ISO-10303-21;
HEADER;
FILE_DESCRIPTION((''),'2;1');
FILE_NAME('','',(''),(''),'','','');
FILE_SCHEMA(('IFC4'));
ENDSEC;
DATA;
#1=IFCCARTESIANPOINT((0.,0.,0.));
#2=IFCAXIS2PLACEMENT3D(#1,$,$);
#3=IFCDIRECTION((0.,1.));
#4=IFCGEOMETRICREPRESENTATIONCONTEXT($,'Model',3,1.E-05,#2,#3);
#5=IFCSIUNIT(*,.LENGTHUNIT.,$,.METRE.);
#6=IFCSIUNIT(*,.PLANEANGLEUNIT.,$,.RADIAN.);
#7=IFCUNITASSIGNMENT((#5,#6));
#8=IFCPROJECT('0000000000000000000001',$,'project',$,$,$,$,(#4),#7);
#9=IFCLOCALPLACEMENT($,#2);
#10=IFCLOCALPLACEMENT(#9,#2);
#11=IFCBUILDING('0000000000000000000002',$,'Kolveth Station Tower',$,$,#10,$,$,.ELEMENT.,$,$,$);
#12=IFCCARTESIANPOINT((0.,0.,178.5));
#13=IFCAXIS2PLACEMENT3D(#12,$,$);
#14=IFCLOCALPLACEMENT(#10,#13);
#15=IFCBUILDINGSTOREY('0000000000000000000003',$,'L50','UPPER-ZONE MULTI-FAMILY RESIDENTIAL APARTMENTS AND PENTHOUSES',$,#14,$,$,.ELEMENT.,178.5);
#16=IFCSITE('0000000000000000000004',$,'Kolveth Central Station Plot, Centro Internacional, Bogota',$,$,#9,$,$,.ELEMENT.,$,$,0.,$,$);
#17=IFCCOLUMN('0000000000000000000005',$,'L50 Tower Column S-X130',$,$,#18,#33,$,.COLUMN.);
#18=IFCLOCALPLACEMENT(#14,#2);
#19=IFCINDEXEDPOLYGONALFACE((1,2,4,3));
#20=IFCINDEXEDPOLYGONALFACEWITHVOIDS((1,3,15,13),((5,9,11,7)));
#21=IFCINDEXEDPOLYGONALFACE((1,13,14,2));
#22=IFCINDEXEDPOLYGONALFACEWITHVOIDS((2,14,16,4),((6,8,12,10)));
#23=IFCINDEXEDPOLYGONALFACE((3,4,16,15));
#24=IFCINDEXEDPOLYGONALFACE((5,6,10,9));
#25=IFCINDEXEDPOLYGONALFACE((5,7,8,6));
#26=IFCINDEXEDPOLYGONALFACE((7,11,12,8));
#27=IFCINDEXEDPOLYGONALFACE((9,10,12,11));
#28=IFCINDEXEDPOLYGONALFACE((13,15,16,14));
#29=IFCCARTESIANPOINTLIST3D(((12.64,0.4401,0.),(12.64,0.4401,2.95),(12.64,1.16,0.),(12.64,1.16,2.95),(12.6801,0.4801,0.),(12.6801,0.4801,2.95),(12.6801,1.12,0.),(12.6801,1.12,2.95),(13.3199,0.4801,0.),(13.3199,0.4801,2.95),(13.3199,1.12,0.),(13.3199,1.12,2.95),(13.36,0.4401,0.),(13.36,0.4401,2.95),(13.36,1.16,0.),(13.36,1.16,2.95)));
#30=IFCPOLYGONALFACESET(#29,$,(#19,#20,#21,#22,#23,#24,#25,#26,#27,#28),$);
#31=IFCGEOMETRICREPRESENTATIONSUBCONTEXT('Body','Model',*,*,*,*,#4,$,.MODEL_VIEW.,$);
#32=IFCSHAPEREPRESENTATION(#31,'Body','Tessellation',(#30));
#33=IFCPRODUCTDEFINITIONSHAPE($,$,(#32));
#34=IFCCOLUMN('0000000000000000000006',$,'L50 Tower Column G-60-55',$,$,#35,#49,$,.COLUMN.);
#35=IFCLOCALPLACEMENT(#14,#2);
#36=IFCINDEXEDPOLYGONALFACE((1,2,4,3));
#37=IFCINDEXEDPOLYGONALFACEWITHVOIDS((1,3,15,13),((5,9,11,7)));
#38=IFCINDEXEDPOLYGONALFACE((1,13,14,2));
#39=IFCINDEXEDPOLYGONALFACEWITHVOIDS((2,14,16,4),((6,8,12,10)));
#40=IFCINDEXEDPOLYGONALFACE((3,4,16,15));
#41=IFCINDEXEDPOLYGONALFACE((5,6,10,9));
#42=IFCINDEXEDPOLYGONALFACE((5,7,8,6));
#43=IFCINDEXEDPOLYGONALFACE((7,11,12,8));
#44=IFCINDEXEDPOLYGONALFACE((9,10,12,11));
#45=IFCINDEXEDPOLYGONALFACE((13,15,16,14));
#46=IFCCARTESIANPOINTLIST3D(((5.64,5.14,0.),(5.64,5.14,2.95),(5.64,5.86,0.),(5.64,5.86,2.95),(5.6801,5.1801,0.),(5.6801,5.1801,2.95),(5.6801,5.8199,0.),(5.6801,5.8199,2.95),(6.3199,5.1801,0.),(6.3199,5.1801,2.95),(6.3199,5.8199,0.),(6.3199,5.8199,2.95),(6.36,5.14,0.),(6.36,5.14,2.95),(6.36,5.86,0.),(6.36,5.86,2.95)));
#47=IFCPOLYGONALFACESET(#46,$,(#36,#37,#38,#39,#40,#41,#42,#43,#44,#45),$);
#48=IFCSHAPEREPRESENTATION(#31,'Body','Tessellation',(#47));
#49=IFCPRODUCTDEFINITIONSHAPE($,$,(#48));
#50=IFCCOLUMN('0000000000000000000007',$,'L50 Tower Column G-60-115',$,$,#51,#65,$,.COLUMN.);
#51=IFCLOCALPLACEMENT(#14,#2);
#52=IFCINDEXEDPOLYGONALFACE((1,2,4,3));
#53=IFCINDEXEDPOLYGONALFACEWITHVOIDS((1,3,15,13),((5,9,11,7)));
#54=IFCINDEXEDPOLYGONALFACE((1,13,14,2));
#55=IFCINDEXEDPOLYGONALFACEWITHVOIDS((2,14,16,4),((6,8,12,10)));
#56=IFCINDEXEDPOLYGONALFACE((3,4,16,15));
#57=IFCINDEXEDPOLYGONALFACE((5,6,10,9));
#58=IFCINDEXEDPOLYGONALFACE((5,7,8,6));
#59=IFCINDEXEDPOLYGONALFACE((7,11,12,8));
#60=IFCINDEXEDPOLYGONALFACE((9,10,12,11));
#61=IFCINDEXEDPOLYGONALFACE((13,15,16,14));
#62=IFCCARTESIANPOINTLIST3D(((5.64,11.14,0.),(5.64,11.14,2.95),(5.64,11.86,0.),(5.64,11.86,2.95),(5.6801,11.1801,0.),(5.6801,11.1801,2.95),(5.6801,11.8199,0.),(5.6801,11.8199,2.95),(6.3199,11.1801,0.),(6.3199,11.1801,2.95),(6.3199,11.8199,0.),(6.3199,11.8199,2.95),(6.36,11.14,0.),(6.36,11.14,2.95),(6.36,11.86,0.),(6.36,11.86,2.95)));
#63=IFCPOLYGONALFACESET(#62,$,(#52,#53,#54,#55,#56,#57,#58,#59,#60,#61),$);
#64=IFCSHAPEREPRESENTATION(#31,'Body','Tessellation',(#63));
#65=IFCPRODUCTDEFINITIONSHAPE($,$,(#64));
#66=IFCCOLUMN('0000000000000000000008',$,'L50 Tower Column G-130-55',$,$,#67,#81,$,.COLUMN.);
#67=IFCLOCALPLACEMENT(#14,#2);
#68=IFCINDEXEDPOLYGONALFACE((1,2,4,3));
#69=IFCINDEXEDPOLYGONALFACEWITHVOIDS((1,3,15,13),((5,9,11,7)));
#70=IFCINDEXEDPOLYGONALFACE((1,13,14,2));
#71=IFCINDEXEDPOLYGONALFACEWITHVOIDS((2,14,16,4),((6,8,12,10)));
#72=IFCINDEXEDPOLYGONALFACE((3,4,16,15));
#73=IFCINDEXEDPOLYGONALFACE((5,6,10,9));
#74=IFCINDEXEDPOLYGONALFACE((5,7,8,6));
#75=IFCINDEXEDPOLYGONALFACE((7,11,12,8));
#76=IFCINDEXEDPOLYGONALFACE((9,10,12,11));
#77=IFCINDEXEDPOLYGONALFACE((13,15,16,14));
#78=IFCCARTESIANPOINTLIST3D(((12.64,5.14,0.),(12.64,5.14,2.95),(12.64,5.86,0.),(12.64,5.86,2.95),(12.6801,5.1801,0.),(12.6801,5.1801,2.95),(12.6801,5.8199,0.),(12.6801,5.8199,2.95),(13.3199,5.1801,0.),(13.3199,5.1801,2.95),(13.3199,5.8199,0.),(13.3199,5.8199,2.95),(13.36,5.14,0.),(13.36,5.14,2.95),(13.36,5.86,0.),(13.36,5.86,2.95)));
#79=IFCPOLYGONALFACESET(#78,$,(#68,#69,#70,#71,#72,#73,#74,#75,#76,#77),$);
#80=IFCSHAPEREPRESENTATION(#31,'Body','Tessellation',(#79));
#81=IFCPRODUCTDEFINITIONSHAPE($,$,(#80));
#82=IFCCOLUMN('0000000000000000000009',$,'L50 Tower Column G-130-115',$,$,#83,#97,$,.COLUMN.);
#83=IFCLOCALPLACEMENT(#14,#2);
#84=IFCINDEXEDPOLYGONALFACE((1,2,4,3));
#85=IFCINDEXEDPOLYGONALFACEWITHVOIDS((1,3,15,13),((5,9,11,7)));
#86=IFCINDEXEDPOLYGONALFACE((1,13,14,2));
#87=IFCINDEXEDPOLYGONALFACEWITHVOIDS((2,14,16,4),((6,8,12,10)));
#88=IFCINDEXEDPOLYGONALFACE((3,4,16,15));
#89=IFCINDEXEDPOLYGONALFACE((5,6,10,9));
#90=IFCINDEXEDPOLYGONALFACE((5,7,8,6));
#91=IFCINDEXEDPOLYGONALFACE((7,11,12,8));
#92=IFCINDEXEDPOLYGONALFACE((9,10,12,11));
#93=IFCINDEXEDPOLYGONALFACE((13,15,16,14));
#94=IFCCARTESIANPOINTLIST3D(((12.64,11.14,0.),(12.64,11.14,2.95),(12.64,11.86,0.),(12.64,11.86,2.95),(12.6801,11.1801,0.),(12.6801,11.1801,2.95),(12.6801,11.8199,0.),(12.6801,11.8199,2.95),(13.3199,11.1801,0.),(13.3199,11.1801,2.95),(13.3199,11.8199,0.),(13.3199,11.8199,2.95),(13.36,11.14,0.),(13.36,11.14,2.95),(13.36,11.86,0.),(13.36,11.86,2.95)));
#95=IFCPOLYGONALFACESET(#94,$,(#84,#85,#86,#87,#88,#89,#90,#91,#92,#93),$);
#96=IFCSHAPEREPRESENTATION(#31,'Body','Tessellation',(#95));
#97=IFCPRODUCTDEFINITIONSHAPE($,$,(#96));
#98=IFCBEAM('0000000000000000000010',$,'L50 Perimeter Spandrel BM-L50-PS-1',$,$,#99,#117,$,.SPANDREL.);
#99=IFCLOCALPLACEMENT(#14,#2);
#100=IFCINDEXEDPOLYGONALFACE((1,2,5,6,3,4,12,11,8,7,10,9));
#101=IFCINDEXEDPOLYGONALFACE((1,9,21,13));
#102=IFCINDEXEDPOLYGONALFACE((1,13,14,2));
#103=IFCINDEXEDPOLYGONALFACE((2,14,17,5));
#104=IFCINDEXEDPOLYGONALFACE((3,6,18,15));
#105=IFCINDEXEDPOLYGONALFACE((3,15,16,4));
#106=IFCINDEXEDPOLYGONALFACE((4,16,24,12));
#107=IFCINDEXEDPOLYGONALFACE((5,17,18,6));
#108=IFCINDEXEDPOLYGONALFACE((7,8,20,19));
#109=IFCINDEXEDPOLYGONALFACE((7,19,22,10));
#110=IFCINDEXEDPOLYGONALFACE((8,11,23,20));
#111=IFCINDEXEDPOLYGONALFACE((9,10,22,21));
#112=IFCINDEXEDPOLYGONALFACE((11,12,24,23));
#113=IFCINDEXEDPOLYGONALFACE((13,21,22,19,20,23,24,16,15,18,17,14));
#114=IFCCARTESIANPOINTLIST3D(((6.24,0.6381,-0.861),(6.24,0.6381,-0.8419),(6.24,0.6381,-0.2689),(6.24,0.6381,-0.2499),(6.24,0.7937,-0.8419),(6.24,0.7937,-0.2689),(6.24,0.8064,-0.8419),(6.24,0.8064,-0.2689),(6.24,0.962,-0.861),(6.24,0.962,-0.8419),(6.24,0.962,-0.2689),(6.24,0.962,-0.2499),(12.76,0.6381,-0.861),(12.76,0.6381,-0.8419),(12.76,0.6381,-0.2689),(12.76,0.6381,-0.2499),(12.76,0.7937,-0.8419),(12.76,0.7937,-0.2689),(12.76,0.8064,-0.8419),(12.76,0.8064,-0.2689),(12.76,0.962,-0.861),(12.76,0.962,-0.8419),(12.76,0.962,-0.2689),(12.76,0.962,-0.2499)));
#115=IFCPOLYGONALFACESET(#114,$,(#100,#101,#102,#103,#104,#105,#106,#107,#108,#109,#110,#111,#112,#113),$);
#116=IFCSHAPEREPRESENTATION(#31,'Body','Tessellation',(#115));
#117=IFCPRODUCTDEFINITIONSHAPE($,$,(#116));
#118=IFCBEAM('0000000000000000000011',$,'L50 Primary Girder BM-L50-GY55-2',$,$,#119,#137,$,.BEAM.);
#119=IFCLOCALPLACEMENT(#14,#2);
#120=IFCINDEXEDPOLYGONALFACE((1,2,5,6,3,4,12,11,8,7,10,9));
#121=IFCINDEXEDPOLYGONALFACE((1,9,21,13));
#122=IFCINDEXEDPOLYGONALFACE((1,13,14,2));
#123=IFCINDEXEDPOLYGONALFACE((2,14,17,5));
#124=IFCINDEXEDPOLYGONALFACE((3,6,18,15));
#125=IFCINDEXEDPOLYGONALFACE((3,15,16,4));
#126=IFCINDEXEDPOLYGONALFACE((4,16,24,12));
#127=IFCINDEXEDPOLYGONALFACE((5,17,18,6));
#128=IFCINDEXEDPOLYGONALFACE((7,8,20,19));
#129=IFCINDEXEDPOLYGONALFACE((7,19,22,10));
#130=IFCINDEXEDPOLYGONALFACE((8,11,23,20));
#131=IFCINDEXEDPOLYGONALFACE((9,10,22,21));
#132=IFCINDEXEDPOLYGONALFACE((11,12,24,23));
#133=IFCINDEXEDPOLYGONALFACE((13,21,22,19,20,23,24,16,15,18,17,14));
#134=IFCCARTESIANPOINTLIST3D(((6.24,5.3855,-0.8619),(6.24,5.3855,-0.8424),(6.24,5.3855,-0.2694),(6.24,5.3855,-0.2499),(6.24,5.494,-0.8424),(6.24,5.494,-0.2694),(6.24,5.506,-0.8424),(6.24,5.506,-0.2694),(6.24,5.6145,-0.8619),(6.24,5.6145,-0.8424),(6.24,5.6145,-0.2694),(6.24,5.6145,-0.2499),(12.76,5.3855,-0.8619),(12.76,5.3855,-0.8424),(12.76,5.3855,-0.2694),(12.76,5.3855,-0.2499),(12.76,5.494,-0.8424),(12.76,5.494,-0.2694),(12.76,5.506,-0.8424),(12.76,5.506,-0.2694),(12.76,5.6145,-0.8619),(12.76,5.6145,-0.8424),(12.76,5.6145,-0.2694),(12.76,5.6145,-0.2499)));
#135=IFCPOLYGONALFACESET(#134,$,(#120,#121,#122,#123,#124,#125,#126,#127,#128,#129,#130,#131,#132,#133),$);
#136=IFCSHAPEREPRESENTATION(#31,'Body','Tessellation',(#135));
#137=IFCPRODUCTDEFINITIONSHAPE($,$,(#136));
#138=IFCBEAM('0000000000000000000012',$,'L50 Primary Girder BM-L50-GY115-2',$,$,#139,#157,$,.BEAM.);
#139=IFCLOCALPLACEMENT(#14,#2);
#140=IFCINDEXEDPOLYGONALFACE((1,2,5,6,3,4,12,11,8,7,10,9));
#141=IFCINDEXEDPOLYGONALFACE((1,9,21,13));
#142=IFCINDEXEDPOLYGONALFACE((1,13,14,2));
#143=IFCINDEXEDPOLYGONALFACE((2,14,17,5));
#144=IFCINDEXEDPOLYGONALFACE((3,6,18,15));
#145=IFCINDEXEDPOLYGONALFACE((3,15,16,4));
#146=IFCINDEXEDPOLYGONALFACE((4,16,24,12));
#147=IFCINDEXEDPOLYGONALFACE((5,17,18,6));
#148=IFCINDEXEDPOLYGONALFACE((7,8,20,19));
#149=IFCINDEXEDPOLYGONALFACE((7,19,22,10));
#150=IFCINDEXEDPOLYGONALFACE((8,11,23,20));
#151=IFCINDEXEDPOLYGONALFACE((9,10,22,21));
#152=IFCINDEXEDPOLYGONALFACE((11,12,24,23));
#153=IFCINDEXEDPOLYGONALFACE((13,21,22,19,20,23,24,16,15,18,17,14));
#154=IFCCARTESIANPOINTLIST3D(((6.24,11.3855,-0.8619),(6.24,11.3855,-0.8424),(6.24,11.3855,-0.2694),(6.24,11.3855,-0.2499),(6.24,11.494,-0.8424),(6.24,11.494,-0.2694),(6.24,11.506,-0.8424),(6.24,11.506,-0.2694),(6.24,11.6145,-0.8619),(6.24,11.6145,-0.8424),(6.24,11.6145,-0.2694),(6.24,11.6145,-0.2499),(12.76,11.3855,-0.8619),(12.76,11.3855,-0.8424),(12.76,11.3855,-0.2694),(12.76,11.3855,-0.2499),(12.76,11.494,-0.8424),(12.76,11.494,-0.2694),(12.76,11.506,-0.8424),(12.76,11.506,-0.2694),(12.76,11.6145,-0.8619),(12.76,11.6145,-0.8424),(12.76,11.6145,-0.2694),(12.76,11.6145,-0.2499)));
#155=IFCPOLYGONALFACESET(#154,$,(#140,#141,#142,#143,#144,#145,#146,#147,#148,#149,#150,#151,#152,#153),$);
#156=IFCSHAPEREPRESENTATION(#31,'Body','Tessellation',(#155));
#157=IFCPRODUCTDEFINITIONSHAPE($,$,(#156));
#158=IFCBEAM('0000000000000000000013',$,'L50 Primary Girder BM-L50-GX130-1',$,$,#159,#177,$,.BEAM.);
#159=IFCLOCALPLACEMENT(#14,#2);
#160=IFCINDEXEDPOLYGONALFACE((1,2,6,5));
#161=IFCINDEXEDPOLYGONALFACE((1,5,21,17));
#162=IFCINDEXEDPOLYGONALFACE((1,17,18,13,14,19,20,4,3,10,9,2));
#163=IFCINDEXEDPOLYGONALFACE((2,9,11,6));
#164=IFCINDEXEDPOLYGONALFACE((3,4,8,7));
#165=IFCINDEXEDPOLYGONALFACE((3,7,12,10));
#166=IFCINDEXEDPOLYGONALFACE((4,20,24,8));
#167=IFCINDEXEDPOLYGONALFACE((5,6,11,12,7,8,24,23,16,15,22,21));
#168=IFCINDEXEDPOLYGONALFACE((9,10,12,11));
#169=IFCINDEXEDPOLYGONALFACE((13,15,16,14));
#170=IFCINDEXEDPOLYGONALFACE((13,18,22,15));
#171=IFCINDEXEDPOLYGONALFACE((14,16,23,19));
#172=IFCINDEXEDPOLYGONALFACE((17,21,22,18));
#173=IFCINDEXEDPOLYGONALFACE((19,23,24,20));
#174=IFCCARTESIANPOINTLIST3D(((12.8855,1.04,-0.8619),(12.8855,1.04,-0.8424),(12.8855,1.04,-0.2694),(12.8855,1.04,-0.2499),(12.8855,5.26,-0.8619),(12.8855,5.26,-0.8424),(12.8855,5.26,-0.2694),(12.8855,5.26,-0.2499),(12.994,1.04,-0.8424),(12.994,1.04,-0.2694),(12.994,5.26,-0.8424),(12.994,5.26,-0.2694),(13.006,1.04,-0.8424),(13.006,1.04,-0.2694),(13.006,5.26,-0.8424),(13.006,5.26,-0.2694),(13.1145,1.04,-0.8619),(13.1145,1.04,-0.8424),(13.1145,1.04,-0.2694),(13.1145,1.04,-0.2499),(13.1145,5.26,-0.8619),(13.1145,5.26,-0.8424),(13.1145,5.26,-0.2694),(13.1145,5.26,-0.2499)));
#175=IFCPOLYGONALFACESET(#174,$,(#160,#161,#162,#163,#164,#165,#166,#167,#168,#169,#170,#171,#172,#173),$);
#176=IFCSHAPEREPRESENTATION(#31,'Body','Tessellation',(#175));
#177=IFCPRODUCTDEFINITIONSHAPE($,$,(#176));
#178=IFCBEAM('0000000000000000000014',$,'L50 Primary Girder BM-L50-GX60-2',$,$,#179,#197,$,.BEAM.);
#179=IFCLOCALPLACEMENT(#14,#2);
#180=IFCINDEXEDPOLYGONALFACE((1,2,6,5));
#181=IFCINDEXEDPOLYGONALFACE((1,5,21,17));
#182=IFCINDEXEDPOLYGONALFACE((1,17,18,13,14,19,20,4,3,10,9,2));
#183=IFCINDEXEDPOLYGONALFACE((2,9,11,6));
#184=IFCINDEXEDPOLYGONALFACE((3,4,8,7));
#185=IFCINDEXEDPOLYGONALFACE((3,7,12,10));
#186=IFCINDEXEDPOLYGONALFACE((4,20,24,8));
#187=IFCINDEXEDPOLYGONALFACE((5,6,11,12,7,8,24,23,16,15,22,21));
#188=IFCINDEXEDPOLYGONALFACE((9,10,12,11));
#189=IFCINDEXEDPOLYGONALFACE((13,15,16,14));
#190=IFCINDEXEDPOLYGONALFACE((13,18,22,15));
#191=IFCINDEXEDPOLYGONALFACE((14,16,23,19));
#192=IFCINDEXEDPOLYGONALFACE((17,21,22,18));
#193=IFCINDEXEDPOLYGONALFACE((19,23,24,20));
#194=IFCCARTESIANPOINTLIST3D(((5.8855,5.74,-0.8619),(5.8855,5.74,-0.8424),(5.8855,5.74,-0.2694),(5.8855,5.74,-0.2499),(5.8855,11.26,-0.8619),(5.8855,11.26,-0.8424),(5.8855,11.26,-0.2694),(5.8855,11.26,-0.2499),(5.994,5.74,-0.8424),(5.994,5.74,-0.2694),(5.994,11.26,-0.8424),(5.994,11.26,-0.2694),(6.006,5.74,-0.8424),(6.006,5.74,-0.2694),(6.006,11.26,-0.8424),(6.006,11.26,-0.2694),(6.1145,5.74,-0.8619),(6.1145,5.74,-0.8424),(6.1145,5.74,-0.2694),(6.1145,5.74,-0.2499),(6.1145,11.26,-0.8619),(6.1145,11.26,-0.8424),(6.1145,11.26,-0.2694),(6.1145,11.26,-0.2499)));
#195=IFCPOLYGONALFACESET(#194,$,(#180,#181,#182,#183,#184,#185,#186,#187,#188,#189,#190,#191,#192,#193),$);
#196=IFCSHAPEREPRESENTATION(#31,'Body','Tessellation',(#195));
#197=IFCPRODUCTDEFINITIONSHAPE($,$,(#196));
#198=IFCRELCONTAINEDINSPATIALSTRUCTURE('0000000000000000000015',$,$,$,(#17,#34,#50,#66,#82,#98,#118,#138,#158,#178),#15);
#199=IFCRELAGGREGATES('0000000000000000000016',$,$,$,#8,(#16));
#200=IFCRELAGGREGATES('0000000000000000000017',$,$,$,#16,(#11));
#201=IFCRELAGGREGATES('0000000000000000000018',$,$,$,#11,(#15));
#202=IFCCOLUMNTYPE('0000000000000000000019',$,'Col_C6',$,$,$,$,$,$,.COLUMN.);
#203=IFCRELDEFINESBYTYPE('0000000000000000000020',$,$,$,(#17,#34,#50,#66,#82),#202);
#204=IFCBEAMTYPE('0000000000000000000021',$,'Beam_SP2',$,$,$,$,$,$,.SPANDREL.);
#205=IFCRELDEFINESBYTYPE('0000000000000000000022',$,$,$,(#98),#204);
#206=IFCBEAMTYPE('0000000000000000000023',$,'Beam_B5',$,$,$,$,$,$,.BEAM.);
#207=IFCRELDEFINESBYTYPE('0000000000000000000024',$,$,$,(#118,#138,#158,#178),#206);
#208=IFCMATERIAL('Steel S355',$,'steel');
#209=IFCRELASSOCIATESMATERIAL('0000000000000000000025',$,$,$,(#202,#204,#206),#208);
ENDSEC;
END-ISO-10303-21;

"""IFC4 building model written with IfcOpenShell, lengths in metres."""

from ifc_helpers import new_model, si_unit, direction, frame, origin, origin_2d, place, context, subcontext, project, spatial, hollow_rectangle, i_section, extrude, source, transform, mapped, material, material_profile, profile_set, type_object, element, save


model = new_model("IFC4")

# Units and contexts
model_context = context("Model", 3, precision=1e-05, world=origin(), true_north=direction((0.0, 1.0)))
body_context = subcontext(model_context, "Body", "Model", "MODEL_VIEW")
ifc_project = project(units=[si_unit("LENGTHUNIT", "METRE"), si_unit("PLANEANGLEUNIT", "RADIAN")], contexts=[model_context])

# Site, building, storey
site_placement = place(None, origin())
site = spatial("IfcSite", under=ifc_project, at=site_placement, Name="Kolveth Central Station Plot, Centro Internacional, Bogota", CompositionType="ELEMENT", RefElevation=0.0)
building_placement = place(site_placement, origin())
building = spatial("IfcBuilding", under=site, at=building_placement, Name="Kolveth Station Tower", CompositionType="ELEMENT")
storey_placement = place(building_placement, frame((0.0, 0.0, 178.5)))
storey = spatial("IfcBuildingStorey", under=building, at=storey_placement, Name="L50", Description="UPPER-ZONE MULTI-FAMILY RESIDENTIAL APARTMENTS AND PENTHOUSES", CompositionType="ELEMENT", Elevation=178.5)

# Columns
ifc_material_1 = material(Name="Steel S355", Category="steel")
ifc_material_profile_1 = material_profile(ifc_material_1, hollow_rectangle(XDim=0.72, YDim=0.72, WallThickness=0.04, at=origin_2d()), Name="BOX720x720x40")
ifc_profile_set_1 = profile_set([ifc_material_profile_1], Name="Steel S355")
column_type = type_object("IfcColumnType", Name="Col_C6", PredefinedType="COLUMN", material=ifc_profile_set_1)
shared_shape_1 = source(origin(), body_context, "Body", "SweptSolid", [
    extrude(hollow_rectangle(XDim=0.72, YDim=0.72, WallThickness=0.04, at=origin_2d()), origin(), (0.0, 0.0, 1.0), 2.95),
])
for number, where, z_axis, x_axis, name in (
    (1, (13.0, 0.8, 0.0), (0.0, 0.0, 1.0), (1.0, 0.0, 0.0), "L50 Tower Column S-X130"),
    (2, (6.0, 5.5, 0.0), (0.0, 0.0, 1.0), (1.0, 0.0, 0.0), "L50 Tower Column G-60-55"),
    (3, (6.0, 11.5, 0.0), (0.0, 0.0, 1.0), (1.0, 0.0, 0.0), "L50 Tower Column G-60-115"),
    (4, (13.0, 5.5, 0.0), (0.0, 0.0, 1.0), (1.0, 0.0, 0.0), "L50 Tower Column G-130-55"),
    (5, (13.0, 11.5, 0.0), (0.0, 0.0, 1.0), (1.0, 0.0, 0.0), "L50 Tower Column G-130-115"),
):
    element("IfcColumn", number, at=place(storey_placement, frame(where, z_axis=z_axis, x_axis=x_axis)), inside=storey, type_object=column_type, Name=name, PredefinedType="COLUMN", context=body_context, shape_type="MappedRepresentation", body=[
        mapped(shared_shape_1, transform((0.0, 0.0, 0.0), x_axis=(1.0, 0.0, 0.0), y_axis=(0.0, 1.0, 0.0), z_axis=(0.0, 0.0, 1.0), scale=1.0)),
    ])

# Beams
ifc_material_profile_2 = material_profile(ifc_material_1, i_section(OverallWidth=0.324, OverallDepth=0.6111, WebThickness=0.0127, FlangeThickness=0.019, at=origin_2d()), Name="W610x155")
ifc_profile_set_2 = profile_set([ifc_material_profile_2], Name="Steel S355")
beam_type_1 = type_object("IfcBeamType", Name="Beam_SP2", PredefinedType="SPANDREL", material=ifc_profile_set_2)
shared_shape_2 = source(origin(), body_context, "Body", "SweptSolid", [
    extrude(i_section(OverallWidth=0.324, OverallDepth=0.6111, WebThickness=0.0127, FlangeThickness=0.019, at=origin_2d()), origin(), (0.0, 0.0, 1.0), 6.52),
])
beam_1_placement = place(storey_placement, frame((6.24, 0.8, -0.5554), z_axis=(1.0, 0.0, 0.0), x_axis=(0.0, 1.0, 0.0)))
element("IfcBeam", 6, at=beam_1_placement, inside=storey, type_object=beam_type_1, Name="L50 Perimeter Spandrel BM-L50-PS-1", PredefinedType="SPANDREL", context=body_context, shape_type="MappedRepresentation", body=[
    mapped(shared_shape_2, transform((0.0, 0.0, 0.0), x_axis=(1.0, 0.0, 0.0), y_axis=(0.0, 1.0, 0.0), z_axis=(0.0, 0.0, 1.0), scale=1.0)),
])
ifc_material_profile_3 = material_profile(ifc_material_1, i_section(OverallWidth=0.229, OverallDepth=0.6121, WebThickness=0.012, FlangeThickness=0.0195, at=origin_2d()), Name="W610x125")
ifc_profile_set_3 = profile_set([ifc_material_profile_3], Name="Steel S355")
beam_type_2 = type_object("IfcBeamType", Name="Beam_B5", PredefinedType="BEAM", material=ifc_profile_set_3)
shared_shape_3 = source(origin(), body_context, "Body", "SweptSolid", [
    extrude(i_section(OverallWidth=0.229, OverallDepth=0.6121, WebThickness=0.012, FlangeThickness=0.0195, at=origin_2d()), origin(), (0.0, 0.0, 1.0), 6.52),
])
for number, where, z_axis, x_axis, name in (
    (7, (6.24, 5.5, -0.5559), (1.0, 0.0, 0.0), (0.0, 1.0, 0.0), "L50 Primary Girder BM-L50-GY55-2"),
    (8, (6.24, 11.5, -0.5559), (1.0, 0.0, 0.0), (0.0, 1.0, 0.0), "L50 Primary Girder BM-L50-GY115-2"),
):
    element("IfcBeam", number, at=place(storey_placement, frame(where, z_axis=z_axis, x_axis=x_axis)), inside=storey, type_object=beam_type_2, Name=name, PredefinedType="BEAM", context=body_context, shape_type="MappedRepresentation", body=[
        mapped(shared_shape_3, transform((0.0, 0.0, 0.0), x_axis=(1.0, 0.0, 0.0), y_axis=(0.0, 1.0, 0.0), z_axis=(0.0, 0.0, 1.0), scale=1.0)),
    ])
shared_shape_4 = source(origin(), body_context, "Body", "SweptSolid", [
    extrude(i_section(OverallWidth=0.229, OverallDepth=0.6121, WebThickness=0.012, FlangeThickness=0.0195, at=origin_2d()), origin(), (0.0, 0.0, 1.0), 4.22),
])
beam_2_placement = place(storey_placement, frame((13.0, 1.04, -0.5559), z_axis=(0.0, 1.0, 0.0), x_axis=(-1.0, 0.0, 0.0)))
element("IfcBeam", 9, at=beam_2_placement, inside=storey, type_object=beam_type_2, Name="L50 Primary Girder BM-L50-GX130-1", PredefinedType="BEAM", context=body_context, shape_type="MappedRepresentation", body=[
    mapped(shared_shape_4, transform((0.0, 0.0, 0.0), x_axis=(1.0, 0.0, 0.0), y_axis=(0.0, 1.0, 0.0), z_axis=(0.0, 0.0, 1.0), scale=1.0)),
])
shared_shape_5 = source(origin(), body_context, "Body", "SweptSolid", [
    extrude(i_section(OverallWidth=0.229, OverallDepth=0.6121, WebThickness=0.012, FlangeThickness=0.0195, at=origin_2d()), origin(), (0.0, 0.0, 1.0), 5.52),
])
for number, where, z_axis, x_axis, name in (
    (10, (6.0, 5.74, -0.5559), (0.0, 1.0, 0.0), (-1.0, 0.0, 0.0), "L50 Primary Girder BM-L50-GX60-2"),
):
    element("IfcBeam", number, at=place(storey_placement, frame(where, z_axis=z_axis, x_axis=x_axis)), inside=storey, type_object=beam_type_2, Name=name, PredefinedType="BEAM", context=body_context, shape_type="MappedRepresentation", body=[
        mapped(shared_shape_5, transform((0.0, 0.0, 0.0), x_axis=(1.0, 0.0, 0.0), y_axis=(0.0, 1.0, 0.0), z_axis=(0.0, 0.0, 1.0), scale=1.0)),
    ])

save(model, "model.ifc")
